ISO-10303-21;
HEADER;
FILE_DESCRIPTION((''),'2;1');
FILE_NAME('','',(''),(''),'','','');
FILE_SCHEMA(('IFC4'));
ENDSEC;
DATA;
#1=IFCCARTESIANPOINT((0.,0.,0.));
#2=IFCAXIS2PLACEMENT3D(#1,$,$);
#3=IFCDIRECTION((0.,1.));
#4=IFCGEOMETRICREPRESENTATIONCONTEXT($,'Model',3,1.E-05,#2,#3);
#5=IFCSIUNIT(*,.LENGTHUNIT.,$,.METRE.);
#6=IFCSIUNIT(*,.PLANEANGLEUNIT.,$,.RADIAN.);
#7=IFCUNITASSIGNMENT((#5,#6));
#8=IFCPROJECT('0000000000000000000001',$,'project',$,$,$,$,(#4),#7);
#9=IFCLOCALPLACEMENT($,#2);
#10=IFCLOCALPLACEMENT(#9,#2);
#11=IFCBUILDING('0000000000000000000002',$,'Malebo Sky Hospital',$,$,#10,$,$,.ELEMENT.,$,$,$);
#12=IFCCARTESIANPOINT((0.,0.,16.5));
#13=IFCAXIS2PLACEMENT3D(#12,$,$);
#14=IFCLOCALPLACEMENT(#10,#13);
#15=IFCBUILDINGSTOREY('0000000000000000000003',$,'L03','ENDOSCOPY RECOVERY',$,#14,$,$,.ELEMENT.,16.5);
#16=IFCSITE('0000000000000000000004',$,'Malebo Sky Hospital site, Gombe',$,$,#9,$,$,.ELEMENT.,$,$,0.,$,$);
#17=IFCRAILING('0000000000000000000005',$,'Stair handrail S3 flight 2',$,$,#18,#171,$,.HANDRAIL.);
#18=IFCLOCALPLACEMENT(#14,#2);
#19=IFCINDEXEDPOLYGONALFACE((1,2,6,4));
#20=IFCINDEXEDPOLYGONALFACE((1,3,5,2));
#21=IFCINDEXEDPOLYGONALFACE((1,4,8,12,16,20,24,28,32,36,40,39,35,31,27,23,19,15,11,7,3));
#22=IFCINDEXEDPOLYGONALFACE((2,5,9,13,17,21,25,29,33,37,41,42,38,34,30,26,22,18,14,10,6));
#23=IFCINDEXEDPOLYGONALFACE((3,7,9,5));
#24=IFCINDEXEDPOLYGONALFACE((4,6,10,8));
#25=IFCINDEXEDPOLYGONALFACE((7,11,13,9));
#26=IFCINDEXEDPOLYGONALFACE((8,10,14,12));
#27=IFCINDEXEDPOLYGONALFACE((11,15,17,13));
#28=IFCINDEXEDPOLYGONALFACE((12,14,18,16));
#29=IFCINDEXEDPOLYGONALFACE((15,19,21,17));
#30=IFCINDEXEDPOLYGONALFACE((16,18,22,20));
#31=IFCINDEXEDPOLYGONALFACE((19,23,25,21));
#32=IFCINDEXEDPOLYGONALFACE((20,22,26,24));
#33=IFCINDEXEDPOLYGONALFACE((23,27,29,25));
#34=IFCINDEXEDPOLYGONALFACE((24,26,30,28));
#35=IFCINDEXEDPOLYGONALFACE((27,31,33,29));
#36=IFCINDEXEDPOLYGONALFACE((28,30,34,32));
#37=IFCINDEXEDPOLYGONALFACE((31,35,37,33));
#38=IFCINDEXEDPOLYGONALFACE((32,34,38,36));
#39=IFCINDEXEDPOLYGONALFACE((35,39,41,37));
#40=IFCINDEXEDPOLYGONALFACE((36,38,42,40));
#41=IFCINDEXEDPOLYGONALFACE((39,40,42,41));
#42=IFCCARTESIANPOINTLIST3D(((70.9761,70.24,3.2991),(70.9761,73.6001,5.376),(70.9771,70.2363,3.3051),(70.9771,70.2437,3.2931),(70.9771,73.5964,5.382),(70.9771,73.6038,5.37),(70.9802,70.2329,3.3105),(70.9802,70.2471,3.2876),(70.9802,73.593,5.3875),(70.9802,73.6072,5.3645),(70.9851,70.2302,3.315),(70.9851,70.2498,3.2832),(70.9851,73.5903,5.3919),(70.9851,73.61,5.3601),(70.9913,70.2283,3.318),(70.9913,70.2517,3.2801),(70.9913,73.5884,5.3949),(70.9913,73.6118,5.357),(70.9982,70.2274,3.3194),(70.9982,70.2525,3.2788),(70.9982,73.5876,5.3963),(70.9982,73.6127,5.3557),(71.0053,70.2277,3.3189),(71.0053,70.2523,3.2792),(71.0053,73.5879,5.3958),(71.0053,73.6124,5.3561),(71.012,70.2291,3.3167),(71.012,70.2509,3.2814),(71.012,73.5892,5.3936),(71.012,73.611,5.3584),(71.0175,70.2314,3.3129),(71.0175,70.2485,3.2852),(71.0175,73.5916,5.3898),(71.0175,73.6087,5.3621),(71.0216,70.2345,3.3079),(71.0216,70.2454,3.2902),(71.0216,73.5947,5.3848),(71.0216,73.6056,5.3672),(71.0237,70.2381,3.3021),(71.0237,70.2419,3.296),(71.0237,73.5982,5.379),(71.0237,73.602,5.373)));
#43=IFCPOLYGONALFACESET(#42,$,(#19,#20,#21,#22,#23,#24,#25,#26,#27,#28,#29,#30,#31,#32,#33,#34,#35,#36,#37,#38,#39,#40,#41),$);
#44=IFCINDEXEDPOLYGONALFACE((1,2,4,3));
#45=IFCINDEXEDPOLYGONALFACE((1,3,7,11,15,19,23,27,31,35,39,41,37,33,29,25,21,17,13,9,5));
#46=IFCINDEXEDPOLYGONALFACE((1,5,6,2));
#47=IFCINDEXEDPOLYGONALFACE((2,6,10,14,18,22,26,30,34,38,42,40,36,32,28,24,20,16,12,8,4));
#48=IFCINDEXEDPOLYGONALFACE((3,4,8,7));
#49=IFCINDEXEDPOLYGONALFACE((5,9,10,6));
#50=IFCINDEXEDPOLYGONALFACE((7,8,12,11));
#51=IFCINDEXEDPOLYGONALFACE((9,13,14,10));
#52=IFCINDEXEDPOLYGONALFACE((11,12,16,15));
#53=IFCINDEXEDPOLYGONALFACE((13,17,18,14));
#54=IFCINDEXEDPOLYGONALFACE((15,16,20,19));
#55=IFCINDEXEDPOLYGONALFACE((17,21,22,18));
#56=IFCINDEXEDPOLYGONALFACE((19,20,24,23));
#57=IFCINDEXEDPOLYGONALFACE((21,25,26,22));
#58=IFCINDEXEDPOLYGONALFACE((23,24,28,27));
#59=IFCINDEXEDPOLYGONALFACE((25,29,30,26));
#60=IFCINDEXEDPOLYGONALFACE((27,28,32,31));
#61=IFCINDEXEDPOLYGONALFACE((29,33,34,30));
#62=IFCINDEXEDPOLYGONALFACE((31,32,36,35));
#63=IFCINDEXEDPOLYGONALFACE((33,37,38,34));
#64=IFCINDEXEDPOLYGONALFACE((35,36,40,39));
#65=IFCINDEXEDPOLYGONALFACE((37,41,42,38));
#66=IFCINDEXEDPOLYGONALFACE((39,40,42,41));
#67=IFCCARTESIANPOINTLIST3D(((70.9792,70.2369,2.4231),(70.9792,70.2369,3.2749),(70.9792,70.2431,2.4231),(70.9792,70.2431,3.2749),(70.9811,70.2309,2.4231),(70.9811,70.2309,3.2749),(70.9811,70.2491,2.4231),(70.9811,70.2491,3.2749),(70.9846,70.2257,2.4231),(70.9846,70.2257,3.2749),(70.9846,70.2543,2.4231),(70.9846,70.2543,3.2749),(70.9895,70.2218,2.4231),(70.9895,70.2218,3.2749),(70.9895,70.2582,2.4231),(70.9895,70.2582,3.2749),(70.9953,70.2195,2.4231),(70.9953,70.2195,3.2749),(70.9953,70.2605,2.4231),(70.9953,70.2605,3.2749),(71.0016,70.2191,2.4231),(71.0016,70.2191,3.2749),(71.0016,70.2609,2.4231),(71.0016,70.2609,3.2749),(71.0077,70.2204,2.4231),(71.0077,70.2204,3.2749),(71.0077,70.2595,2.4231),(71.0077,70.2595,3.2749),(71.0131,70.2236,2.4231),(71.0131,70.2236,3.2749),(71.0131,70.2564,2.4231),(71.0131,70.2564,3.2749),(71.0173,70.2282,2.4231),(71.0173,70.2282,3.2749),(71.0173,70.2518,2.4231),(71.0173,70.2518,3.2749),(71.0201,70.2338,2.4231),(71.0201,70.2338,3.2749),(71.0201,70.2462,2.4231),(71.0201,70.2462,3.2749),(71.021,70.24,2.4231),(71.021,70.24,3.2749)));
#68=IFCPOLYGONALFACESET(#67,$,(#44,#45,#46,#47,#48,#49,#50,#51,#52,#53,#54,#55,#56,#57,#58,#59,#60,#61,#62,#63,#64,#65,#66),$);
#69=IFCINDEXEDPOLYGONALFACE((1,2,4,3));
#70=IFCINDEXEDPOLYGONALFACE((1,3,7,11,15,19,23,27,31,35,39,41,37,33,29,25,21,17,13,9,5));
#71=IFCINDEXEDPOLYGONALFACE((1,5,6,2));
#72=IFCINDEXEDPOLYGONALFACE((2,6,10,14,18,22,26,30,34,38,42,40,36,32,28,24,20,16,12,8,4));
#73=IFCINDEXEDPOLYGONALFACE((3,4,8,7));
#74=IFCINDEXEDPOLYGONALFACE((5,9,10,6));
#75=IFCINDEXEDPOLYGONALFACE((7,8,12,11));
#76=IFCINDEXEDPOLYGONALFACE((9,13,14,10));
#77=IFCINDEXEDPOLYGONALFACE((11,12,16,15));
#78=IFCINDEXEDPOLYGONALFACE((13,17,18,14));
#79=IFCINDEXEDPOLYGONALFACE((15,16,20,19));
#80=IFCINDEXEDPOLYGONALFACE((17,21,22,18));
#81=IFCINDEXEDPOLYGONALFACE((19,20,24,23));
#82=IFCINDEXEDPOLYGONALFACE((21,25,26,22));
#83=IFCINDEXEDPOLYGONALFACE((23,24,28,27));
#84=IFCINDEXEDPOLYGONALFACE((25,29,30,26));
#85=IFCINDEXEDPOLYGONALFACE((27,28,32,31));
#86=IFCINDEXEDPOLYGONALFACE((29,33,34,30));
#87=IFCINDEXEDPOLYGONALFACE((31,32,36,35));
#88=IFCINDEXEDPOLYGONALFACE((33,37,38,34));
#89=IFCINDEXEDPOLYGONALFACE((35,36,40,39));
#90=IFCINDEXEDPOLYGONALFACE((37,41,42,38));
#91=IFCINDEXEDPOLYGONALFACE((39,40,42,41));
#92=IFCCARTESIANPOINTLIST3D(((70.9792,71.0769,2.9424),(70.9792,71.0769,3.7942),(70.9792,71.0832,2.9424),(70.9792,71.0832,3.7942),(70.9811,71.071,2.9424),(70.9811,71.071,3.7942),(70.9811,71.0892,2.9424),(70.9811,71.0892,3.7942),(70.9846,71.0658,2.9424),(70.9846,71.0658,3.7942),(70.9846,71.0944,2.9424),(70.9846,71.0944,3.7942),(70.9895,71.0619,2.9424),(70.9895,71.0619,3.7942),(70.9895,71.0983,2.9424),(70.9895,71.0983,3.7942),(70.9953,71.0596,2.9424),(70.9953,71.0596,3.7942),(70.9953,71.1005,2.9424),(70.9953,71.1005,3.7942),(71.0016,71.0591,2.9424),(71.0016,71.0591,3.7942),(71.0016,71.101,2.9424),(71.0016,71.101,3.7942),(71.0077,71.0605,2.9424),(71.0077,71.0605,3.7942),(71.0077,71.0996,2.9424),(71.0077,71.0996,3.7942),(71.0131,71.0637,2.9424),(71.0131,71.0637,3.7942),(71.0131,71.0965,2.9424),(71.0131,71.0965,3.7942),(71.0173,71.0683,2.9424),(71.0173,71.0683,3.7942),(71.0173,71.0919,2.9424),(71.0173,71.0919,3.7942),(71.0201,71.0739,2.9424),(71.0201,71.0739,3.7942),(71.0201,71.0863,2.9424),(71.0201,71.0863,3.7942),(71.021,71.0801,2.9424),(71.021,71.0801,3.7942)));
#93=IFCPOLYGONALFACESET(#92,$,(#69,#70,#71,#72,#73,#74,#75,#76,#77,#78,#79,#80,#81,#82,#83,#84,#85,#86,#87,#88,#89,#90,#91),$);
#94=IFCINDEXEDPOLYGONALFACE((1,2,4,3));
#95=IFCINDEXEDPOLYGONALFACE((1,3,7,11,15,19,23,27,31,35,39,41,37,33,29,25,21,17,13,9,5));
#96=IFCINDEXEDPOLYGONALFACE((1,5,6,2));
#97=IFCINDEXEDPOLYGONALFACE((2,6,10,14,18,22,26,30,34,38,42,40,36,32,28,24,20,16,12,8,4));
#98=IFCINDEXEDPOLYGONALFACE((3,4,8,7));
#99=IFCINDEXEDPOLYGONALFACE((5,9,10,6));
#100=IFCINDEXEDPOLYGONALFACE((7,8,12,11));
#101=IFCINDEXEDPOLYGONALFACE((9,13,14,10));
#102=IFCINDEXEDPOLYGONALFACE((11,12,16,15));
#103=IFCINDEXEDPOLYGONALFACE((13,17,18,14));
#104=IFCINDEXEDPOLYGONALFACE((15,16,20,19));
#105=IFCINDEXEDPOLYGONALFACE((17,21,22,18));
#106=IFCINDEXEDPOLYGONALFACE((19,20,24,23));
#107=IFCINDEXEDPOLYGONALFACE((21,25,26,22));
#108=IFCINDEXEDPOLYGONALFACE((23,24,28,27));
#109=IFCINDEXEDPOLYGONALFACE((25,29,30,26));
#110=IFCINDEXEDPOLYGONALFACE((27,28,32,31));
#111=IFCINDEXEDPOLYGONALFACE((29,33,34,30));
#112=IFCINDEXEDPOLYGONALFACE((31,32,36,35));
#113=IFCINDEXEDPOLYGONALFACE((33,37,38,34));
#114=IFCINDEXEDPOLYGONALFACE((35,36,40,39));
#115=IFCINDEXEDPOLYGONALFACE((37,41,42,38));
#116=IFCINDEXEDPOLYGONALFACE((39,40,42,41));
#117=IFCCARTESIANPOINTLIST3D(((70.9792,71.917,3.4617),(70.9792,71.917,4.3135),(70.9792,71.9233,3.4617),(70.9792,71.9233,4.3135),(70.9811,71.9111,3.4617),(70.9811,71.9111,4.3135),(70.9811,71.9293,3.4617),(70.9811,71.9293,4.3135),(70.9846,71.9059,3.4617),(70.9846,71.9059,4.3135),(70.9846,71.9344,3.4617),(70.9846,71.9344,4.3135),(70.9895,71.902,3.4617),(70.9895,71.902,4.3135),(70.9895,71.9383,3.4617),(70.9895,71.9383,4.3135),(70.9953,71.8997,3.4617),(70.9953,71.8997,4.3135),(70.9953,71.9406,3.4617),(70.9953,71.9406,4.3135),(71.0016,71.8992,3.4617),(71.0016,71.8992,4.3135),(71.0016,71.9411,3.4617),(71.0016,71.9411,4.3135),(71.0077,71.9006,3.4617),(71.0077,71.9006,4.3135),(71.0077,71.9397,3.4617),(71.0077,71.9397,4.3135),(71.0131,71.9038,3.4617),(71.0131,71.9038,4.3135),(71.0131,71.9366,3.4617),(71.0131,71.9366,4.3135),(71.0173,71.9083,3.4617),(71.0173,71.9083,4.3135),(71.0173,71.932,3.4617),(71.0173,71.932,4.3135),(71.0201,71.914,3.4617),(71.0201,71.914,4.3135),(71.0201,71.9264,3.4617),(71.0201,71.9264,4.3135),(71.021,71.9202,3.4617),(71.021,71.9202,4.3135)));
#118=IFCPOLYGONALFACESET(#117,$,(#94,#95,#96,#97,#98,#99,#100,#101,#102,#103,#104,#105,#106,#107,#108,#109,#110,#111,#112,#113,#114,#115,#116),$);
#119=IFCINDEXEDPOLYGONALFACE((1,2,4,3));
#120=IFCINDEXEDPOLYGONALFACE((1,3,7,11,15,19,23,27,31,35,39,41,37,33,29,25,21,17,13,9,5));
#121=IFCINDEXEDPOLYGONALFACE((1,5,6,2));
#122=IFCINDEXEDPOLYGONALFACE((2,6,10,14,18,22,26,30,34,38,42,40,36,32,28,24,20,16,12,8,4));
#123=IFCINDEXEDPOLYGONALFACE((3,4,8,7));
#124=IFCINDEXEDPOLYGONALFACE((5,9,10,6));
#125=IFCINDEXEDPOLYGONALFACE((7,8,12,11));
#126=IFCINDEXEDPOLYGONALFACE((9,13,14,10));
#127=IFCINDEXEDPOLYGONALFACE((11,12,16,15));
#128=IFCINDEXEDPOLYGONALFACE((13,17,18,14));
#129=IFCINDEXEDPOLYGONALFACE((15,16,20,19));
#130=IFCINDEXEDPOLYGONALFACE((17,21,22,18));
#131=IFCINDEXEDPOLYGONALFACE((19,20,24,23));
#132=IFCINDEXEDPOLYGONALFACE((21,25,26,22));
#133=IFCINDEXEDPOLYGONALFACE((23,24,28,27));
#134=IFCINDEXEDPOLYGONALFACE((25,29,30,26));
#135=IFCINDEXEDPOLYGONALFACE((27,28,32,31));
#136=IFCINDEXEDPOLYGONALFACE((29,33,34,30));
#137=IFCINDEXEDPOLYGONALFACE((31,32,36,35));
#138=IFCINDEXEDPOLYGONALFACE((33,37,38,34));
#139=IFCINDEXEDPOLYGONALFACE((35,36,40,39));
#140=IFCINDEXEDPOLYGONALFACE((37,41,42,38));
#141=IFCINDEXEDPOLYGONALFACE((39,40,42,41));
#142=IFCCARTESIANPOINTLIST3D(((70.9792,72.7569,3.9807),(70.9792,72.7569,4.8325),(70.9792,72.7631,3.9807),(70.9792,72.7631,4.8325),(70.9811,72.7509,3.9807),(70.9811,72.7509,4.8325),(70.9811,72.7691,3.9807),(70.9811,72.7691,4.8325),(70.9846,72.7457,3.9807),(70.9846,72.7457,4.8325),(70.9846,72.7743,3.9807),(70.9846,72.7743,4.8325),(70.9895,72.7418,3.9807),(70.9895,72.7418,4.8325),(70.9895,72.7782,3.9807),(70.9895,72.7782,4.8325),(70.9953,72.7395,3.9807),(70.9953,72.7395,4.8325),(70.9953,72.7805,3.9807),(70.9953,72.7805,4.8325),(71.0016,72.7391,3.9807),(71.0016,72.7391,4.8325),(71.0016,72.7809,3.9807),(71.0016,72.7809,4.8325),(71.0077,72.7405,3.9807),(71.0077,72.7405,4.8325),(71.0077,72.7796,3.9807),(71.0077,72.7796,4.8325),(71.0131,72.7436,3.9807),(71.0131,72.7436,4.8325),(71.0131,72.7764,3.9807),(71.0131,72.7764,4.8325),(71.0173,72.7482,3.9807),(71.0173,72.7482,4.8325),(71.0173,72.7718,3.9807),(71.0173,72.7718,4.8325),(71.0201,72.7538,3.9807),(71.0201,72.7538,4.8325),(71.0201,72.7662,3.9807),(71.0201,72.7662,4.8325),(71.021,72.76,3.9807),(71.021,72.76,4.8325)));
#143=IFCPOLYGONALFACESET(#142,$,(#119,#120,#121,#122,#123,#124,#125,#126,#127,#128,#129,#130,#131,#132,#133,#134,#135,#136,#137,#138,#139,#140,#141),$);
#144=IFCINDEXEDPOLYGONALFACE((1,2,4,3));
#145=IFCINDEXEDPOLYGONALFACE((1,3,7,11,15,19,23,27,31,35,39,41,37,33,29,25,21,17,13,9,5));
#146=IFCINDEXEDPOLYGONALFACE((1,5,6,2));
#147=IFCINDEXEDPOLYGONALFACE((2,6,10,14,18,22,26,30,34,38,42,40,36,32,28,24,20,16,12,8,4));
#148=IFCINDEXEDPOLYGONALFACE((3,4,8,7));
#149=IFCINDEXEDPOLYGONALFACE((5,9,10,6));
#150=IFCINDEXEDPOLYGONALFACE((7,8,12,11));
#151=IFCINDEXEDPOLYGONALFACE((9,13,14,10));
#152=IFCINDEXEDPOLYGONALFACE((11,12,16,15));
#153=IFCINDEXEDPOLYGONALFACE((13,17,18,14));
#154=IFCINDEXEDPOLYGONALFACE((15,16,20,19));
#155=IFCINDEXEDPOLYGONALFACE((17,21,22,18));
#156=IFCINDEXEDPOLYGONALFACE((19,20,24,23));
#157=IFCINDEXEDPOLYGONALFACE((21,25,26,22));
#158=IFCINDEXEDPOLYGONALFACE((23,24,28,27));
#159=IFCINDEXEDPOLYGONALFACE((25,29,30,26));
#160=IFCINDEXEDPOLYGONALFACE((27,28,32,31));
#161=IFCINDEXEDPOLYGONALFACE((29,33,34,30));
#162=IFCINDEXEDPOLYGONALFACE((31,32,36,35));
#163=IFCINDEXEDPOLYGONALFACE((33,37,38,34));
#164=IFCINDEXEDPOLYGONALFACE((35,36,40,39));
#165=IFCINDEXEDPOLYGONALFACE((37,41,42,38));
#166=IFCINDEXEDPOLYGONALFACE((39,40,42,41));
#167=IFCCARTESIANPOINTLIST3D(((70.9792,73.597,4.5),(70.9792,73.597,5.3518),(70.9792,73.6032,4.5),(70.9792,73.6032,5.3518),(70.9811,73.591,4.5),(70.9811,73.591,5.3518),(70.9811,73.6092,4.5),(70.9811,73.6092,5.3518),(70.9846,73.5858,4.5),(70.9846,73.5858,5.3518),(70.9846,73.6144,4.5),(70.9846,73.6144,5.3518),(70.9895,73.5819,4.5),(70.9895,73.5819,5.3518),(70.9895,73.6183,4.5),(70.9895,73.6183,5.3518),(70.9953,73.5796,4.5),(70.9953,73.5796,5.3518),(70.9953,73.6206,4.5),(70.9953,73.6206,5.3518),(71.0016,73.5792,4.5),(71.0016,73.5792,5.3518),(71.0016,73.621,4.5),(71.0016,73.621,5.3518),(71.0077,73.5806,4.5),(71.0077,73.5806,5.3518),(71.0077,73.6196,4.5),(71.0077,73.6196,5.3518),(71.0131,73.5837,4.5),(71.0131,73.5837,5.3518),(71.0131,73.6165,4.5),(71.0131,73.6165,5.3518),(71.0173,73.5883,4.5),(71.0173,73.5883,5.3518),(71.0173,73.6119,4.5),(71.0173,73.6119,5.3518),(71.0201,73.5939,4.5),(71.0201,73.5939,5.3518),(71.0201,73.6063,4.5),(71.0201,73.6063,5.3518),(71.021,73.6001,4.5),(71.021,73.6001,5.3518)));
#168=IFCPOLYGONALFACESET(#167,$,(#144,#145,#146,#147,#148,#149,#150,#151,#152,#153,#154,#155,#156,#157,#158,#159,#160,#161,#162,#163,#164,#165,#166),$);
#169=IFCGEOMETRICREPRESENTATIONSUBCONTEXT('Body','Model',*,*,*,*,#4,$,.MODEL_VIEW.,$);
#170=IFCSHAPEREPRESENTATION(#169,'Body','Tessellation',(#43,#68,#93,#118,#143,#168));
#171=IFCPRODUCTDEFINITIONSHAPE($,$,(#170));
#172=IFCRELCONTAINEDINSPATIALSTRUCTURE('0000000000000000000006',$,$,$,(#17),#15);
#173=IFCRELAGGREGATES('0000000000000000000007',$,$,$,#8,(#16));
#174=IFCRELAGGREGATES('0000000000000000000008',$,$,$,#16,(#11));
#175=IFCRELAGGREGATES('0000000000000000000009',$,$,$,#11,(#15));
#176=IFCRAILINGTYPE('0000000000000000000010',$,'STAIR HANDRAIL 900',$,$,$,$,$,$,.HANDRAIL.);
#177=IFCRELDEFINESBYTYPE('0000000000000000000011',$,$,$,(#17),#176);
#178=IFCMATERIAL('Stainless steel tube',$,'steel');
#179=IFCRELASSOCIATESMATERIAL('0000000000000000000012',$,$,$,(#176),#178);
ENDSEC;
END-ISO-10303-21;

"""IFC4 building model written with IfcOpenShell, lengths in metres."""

from ifc_helpers import new_model, si_unit, direction, frame, origin, origin_2d, place, context, subcontext, project, spatial, circle, extrude, material, type_object, element, save


model = new_model("IFC4")

# Units and contexts
model_context = context("Model", 3, precision=1e-05, world=origin(), true_north=direction((0.0, 1.0)))
body_context = subcontext(model_context, "Body", "Model", "MODEL_VIEW")
ifc_project = project(units=[si_unit("LENGTHUNIT", "METRE"), si_unit("PLANEANGLEUNIT", "RADIAN")], contexts=[model_context])

# Site, building, storey
site_placement = place(None, origin())
site = spatial("IfcSite", under=ifc_project, at=site_placement, Name="Malebo Sky Hospital site, Gombe", CompositionType="ELEMENT", RefElevation=0.0)
building_placement = place(site_placement, origin())
building = spatial("IfcBuilding", under=site, at=building_placement, Name="Malebo Sky Hospital", CompositionType="ELEMENT")
storey_placement = place(building_placement, frame((0.0, 0.0, 16.5)))
storey = spatial("IfcBuildingStorey", under=building, at=storey_placement, Name="L03", Description="ENDOSCOPY RECOVERY", CompositionType="ELEMENT", Elevation=16.5)

# Railing
ifc_material_1 = material(Name="Stainless steel tube", Category="steel")
railing_type = type_object("IfcRailingType", Name="STAIR HANDRAIL 900", PredefinedType="HANDRAIL", material=ifc_material_1)
railing_1_placement = place(storey_placement, frame((71.0, 70.24, 2.4231)))
element("IfcRailing", 1, at=railing_1_placement, inside=storey, type_object=railing_type, Name="Stair handrail S3 flight 2", PredefinedType="HANDRAIL", context=body_context, shape_type="SweptSolid", body=[
    extrude(circle(Radius=0.0239, at=origin_2d()), frame((0.0, 0.0, 0.876), z_axis=(0.0, 0.850623, 0.525776), x_axis=(-1.0, 0.0, 0.0)), (0.0, 0.0, 1.0), 3.9502),
    extrude(circle(Radius=0.021, at=origin_2d()), origin(), (0.0, 0.0, 1.0), 0.8518),
    extrude(circle(Radius=0.021, at=origin_2d()), frame((0.0, 0.8401, 0.5193)), (0.0, 0.0, 1.0), 0.8518),
    extrude(circle(Radius=0.021, at=origin_2d()), frame((0.0, 1.6802, 1.0386)), (0.0, 0.0, 1.0), 0.8518),
    extrude(circle(Radius=0.021, at=origin_2d()), frame((0.0, 2.52, 1.5576)), (0.0, 0.0, 1.0), 0.8518),
    extrude(circle(Radius=0.021, at=origin_2d()), frame((0.0, 3.3601, 2.0769)), (0.0, 0.0, 1.0), 0.8518),
])

save(model, "model.ifc")
